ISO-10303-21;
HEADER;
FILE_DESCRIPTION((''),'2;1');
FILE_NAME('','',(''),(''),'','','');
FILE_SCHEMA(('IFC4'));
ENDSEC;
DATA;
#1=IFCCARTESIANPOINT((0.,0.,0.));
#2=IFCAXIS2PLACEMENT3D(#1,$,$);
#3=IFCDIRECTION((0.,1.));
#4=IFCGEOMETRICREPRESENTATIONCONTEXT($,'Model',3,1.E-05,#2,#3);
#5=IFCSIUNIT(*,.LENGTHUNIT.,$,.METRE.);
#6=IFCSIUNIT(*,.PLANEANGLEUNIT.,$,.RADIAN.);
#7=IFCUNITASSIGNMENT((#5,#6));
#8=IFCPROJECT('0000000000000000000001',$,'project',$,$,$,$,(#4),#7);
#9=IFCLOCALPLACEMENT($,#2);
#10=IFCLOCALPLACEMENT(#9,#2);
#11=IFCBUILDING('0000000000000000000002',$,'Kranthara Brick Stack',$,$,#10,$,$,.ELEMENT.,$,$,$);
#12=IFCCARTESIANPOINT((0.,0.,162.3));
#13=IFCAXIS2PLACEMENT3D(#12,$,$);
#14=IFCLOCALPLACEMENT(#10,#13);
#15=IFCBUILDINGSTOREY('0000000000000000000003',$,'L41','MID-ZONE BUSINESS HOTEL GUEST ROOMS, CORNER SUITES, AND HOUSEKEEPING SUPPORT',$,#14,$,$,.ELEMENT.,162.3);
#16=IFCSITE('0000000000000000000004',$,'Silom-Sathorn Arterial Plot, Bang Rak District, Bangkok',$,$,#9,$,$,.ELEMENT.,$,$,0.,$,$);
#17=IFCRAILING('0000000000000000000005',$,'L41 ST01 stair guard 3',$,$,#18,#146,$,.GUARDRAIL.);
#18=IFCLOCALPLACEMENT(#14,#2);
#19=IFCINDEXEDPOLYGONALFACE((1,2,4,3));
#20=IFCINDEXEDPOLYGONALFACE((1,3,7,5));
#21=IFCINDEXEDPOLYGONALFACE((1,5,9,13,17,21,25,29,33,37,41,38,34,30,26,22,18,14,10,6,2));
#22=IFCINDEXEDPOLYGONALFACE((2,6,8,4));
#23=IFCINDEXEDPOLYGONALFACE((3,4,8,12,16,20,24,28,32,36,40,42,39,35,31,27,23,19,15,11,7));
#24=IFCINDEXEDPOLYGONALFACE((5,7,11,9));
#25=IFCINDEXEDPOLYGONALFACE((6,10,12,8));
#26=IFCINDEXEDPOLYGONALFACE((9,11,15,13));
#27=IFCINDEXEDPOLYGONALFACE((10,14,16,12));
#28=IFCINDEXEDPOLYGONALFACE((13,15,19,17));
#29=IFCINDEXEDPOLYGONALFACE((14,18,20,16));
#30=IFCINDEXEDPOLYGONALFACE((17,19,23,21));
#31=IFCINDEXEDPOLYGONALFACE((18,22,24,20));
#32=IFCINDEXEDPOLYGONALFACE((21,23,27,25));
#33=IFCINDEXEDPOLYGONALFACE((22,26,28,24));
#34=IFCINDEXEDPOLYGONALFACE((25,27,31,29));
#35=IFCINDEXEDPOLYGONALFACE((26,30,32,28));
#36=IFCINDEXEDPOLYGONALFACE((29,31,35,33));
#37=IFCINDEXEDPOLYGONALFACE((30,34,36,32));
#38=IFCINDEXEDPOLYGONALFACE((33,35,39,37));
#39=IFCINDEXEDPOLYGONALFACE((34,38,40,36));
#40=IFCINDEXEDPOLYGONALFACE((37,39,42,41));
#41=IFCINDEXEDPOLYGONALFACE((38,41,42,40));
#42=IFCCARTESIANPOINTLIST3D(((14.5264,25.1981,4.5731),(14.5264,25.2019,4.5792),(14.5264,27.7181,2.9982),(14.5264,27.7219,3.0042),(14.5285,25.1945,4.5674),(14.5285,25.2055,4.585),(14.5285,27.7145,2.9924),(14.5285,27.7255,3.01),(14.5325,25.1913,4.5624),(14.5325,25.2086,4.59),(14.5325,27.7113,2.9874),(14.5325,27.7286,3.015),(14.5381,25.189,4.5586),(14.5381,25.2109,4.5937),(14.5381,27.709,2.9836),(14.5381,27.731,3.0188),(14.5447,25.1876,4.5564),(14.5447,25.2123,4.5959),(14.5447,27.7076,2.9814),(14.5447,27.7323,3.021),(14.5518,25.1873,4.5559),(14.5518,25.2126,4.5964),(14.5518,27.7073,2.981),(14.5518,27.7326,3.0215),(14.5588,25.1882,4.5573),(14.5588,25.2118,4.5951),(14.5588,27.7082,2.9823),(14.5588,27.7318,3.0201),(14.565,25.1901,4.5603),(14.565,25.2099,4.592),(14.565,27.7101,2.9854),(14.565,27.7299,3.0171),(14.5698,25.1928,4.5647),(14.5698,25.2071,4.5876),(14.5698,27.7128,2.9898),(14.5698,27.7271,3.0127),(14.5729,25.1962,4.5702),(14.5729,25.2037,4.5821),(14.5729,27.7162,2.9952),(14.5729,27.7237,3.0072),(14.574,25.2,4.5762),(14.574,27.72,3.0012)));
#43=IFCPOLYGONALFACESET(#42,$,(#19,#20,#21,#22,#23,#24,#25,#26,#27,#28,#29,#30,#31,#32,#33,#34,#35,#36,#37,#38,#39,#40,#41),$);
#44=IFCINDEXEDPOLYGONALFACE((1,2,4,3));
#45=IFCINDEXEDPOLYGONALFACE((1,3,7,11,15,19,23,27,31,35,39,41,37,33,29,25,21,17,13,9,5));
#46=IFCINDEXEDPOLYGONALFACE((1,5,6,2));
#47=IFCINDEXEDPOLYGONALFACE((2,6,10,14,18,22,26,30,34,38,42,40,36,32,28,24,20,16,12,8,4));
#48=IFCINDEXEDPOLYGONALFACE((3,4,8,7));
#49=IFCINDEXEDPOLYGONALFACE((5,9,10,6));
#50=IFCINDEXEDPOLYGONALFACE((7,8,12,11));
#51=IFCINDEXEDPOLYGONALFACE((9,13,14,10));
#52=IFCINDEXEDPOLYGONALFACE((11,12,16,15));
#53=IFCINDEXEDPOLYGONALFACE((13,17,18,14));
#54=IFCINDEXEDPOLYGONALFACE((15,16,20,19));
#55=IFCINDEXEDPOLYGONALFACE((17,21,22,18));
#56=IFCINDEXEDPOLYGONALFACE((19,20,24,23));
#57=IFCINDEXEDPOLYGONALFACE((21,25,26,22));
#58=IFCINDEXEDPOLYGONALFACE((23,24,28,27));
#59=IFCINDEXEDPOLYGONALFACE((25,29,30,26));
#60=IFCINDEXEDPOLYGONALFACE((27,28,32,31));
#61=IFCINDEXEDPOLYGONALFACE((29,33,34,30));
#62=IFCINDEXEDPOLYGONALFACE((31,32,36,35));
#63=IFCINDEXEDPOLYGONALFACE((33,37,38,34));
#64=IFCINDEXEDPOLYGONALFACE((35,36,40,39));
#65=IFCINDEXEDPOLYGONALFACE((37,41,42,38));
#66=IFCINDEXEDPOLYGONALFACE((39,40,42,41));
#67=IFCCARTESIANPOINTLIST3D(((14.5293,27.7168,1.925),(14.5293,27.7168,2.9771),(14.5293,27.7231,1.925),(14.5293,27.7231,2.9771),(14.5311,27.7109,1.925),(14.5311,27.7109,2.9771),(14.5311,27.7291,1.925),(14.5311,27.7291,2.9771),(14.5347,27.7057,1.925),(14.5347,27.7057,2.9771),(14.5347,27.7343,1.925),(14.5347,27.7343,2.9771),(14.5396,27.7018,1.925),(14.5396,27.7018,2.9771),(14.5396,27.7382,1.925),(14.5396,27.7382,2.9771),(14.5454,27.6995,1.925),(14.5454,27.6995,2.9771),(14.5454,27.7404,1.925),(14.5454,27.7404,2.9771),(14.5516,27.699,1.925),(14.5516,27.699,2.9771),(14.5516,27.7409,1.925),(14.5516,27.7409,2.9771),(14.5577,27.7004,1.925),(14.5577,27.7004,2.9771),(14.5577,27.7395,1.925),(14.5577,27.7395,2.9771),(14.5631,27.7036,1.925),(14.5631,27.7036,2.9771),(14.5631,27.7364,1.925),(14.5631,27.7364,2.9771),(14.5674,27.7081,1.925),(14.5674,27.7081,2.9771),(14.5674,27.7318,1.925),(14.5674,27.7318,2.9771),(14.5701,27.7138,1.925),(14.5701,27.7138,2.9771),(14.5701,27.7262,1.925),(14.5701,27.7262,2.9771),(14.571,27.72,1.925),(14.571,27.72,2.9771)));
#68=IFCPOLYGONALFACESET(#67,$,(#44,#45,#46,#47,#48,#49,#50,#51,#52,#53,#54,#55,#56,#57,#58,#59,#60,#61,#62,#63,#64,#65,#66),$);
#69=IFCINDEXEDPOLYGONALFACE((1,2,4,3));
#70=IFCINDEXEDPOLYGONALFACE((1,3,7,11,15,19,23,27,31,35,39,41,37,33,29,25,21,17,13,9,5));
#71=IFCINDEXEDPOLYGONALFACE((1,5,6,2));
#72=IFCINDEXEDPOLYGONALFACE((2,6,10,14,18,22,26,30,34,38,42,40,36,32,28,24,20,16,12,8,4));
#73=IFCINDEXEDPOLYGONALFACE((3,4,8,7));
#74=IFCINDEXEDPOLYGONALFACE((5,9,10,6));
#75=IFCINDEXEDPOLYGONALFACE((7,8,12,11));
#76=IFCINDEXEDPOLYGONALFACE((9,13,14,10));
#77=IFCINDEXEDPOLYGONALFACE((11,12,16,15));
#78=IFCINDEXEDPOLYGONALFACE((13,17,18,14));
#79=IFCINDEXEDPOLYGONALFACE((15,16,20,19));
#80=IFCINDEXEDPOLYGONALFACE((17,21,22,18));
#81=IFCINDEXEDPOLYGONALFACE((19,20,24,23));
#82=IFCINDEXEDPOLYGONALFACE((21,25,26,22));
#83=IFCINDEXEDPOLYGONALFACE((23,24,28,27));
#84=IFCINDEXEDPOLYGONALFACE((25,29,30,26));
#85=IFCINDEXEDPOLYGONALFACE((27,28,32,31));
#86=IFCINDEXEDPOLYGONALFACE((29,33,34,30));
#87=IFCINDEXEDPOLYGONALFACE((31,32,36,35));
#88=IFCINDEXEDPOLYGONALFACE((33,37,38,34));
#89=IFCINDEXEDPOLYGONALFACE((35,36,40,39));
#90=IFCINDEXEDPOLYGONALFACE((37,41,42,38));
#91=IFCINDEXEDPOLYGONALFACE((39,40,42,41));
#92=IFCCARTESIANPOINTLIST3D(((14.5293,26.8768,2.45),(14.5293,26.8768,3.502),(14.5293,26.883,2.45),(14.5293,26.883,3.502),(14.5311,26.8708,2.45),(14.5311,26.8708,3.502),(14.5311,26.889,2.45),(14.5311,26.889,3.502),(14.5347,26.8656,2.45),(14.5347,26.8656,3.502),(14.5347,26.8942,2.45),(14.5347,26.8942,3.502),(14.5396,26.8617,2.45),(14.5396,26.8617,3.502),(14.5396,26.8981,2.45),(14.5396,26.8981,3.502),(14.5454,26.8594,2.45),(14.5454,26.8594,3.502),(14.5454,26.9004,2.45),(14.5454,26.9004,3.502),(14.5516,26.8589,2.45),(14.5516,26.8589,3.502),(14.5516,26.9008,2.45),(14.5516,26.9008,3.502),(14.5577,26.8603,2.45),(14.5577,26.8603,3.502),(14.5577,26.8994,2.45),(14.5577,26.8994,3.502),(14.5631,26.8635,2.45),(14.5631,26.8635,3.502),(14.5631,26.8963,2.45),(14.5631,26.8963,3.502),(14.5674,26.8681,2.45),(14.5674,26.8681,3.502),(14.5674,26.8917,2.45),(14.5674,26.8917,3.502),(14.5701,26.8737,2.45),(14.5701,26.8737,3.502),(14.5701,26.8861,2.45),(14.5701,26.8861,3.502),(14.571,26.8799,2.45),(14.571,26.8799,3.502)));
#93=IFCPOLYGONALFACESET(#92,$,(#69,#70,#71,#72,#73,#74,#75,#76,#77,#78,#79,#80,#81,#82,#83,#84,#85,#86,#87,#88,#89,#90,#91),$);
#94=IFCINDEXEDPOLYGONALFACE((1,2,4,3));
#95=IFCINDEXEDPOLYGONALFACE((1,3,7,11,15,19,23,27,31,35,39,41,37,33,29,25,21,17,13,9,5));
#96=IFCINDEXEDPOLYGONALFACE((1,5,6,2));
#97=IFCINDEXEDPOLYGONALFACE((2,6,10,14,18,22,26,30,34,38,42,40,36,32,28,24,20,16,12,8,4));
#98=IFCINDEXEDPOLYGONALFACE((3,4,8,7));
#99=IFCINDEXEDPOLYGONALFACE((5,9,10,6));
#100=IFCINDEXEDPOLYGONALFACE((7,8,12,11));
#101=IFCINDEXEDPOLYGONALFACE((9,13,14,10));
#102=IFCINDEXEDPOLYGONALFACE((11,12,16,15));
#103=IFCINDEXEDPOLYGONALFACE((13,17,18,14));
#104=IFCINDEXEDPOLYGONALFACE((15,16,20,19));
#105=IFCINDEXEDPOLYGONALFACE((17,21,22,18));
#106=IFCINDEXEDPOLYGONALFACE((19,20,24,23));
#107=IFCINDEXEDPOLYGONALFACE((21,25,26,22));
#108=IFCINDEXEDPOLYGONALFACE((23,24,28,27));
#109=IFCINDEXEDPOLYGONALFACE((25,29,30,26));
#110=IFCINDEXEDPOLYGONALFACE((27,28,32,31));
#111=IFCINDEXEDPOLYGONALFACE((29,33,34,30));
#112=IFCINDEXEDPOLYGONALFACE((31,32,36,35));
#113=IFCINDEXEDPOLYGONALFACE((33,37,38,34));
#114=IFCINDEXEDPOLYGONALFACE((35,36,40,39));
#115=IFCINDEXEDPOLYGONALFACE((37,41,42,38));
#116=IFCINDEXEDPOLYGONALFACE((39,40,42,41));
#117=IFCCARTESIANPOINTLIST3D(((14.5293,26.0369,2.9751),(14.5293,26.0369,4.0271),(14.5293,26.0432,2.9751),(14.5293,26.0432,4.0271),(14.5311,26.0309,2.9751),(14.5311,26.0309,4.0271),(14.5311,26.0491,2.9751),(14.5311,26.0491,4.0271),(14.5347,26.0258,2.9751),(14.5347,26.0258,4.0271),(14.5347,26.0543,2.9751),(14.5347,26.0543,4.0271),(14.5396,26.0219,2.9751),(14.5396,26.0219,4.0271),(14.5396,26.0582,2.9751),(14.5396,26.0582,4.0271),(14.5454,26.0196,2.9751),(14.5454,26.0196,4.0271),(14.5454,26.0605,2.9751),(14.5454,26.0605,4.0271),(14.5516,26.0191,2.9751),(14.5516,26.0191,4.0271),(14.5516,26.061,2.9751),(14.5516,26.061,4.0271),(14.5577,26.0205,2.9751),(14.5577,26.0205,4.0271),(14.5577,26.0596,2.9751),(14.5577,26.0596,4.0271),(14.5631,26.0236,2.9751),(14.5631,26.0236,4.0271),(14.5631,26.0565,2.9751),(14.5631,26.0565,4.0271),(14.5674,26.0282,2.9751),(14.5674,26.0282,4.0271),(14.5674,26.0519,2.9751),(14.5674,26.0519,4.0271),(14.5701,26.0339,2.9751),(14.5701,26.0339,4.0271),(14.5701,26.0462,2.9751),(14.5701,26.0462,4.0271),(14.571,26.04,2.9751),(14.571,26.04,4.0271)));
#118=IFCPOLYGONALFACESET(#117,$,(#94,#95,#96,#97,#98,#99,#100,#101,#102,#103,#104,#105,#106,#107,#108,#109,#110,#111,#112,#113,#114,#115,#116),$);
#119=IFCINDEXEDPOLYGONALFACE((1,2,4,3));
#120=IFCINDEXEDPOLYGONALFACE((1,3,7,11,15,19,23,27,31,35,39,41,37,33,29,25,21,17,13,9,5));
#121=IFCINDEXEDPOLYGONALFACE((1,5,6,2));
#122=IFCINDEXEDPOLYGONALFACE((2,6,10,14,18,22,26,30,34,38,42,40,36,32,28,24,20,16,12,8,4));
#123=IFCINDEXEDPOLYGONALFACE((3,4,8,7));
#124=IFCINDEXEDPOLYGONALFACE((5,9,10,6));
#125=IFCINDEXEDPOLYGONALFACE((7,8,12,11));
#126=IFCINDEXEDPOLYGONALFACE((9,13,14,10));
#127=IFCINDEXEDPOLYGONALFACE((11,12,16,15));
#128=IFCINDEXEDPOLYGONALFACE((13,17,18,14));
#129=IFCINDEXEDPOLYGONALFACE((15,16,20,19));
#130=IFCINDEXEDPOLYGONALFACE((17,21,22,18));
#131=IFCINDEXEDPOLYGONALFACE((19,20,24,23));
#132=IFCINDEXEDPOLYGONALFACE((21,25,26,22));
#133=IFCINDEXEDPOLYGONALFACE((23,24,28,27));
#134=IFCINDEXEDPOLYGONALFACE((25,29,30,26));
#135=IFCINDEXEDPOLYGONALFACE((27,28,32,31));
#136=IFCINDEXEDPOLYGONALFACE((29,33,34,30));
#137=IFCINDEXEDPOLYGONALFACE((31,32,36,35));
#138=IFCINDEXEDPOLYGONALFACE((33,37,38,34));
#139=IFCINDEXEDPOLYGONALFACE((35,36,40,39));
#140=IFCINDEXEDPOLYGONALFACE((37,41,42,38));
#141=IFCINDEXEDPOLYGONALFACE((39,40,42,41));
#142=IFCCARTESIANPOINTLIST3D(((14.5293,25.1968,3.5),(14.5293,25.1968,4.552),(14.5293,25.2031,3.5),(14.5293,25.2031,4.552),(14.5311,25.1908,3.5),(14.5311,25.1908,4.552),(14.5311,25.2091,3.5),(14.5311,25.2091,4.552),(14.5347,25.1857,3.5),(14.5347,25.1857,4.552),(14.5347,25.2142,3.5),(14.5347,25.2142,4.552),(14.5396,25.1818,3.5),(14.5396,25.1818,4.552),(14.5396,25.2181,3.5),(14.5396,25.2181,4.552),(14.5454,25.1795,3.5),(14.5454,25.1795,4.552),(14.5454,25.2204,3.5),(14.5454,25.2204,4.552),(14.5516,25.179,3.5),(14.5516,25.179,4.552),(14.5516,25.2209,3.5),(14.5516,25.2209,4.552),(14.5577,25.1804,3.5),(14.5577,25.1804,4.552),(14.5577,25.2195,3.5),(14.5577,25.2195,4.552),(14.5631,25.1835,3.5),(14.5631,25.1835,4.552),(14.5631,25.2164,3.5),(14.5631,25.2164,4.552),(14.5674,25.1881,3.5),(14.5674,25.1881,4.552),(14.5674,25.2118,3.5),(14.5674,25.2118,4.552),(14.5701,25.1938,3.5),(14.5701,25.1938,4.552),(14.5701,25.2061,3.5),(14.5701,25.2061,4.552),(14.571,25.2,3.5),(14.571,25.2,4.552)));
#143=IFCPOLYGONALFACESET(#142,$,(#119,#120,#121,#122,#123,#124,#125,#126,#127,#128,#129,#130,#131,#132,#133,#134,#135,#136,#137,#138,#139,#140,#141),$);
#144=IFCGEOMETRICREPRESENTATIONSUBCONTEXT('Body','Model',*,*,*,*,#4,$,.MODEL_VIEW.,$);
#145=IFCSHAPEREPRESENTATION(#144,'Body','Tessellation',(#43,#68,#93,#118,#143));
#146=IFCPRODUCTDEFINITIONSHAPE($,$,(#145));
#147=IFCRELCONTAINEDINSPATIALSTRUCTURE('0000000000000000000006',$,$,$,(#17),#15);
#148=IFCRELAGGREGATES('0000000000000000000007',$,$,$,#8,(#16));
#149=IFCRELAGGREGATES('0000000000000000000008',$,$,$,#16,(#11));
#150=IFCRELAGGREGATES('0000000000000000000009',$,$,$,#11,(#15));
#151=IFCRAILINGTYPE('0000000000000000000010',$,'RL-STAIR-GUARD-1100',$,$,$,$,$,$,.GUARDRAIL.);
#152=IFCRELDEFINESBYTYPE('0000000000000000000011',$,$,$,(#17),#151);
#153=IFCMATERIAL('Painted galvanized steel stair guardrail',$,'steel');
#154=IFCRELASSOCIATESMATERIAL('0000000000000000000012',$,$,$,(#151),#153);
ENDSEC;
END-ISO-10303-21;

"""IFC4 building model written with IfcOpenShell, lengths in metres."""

from ifc_helpers import new_model, si_unit, direction, frame, origin, origin_2d, place, context, subcontext, project, spatial, circle, extrude, material, type_object, element, save


model = new_model("IFC4")

# Units and contexts
model_context = context("Model", 3, precision=1e-05, world=origin(), true_north=direction((0.0, 1.0)))
body_context = subcontext(model_context, "Body", "Model", "MODEL_VIEW")
ifc_project = project(units=[si_unit("LENGTHUNIT", "METRE"), si_unit("PLANEANGLEUNIT", "RADIAN")], contexts=[model_context])

# Site, building, storey
site_placement = place(None, origin())
site = spatial("IfcSite", under=ifc_project, at=site_placement, Name="Silom-Sathorn Arterial Plot, Bang Rak District, Bangkok", CompositionType="ELEMENT", RefElevation=0.0)
building_placement = place(site_placement, origin())
building = spatial("IfcBuilding", under=site, at=building_placement, Name="Kranthara Brick Stack", CompositionType="ELEMENT")
storey_placement = place(building_placement, frame((0.0, 0.0, 162.3)))
storey = spatial("IfcBuildingStorey", under=building, at=storey_placement, Name="L41", Description="MID-ZONE BUSINESS HOTEL GUEST ROOMS, CORNER SUITES, AND HOUSEKEEPING SUPPORT", CompositionType="ELEMENT", Elevation=162.3)

# Railing
ifc_material_1 = material(Name="Painted galvanized steel stair guardrail", Category="steel")
railing_type_1 = type_object("IfcRailingType", Name="RL-STAIR-GUARD-1100", PredefinedType="GUARDRAIL", material=ifc_material_1)
railing_1_placement = place(storey_placement, frame((14.55, 27.72, 1.925)))
element("IfcRailing", 1, at=railing_1_placement, inside=storey, type_object=railing_type_1, Name="L41 ST01 stair guard 3", PredefinedType="GUARDRAIL", context=body_context, shape_type="SweptSolid", body=[
    extrude(circle(Radius=0.0239, at=origin_2d()), frame((0.0, 0.0, 1.0762), z_axis=(0.0, -0.848008, 0.529984), x_axis=(1.0, 0.0, 0.0)), (0.0, 0.0, 1.0), 2.9717),
    extrude(circle(Radius=0.021, at=origin_2d()), origin(), (0.0, 0.0, 1.0), 1.052),
    extrude(circle(Radius=0.021, at=origin_2d()), frame((0.0, -0.8401, 0.5249)), (0.0, 0.0, 1.0), 1.052),
    extrude(circle(Radius=0.021, at=origin_2d()), frame((0.0, -1.6799, 1.05)), (0.0, 0.0, 1.0), 1.052),
    extrude(circle(Radius=0.021, at=origin_2d()), frame((0.0, -2.52, 1.575)), (0.0, 0.0, 1.0), 1.052),
])

save(model, "model.ifc")
